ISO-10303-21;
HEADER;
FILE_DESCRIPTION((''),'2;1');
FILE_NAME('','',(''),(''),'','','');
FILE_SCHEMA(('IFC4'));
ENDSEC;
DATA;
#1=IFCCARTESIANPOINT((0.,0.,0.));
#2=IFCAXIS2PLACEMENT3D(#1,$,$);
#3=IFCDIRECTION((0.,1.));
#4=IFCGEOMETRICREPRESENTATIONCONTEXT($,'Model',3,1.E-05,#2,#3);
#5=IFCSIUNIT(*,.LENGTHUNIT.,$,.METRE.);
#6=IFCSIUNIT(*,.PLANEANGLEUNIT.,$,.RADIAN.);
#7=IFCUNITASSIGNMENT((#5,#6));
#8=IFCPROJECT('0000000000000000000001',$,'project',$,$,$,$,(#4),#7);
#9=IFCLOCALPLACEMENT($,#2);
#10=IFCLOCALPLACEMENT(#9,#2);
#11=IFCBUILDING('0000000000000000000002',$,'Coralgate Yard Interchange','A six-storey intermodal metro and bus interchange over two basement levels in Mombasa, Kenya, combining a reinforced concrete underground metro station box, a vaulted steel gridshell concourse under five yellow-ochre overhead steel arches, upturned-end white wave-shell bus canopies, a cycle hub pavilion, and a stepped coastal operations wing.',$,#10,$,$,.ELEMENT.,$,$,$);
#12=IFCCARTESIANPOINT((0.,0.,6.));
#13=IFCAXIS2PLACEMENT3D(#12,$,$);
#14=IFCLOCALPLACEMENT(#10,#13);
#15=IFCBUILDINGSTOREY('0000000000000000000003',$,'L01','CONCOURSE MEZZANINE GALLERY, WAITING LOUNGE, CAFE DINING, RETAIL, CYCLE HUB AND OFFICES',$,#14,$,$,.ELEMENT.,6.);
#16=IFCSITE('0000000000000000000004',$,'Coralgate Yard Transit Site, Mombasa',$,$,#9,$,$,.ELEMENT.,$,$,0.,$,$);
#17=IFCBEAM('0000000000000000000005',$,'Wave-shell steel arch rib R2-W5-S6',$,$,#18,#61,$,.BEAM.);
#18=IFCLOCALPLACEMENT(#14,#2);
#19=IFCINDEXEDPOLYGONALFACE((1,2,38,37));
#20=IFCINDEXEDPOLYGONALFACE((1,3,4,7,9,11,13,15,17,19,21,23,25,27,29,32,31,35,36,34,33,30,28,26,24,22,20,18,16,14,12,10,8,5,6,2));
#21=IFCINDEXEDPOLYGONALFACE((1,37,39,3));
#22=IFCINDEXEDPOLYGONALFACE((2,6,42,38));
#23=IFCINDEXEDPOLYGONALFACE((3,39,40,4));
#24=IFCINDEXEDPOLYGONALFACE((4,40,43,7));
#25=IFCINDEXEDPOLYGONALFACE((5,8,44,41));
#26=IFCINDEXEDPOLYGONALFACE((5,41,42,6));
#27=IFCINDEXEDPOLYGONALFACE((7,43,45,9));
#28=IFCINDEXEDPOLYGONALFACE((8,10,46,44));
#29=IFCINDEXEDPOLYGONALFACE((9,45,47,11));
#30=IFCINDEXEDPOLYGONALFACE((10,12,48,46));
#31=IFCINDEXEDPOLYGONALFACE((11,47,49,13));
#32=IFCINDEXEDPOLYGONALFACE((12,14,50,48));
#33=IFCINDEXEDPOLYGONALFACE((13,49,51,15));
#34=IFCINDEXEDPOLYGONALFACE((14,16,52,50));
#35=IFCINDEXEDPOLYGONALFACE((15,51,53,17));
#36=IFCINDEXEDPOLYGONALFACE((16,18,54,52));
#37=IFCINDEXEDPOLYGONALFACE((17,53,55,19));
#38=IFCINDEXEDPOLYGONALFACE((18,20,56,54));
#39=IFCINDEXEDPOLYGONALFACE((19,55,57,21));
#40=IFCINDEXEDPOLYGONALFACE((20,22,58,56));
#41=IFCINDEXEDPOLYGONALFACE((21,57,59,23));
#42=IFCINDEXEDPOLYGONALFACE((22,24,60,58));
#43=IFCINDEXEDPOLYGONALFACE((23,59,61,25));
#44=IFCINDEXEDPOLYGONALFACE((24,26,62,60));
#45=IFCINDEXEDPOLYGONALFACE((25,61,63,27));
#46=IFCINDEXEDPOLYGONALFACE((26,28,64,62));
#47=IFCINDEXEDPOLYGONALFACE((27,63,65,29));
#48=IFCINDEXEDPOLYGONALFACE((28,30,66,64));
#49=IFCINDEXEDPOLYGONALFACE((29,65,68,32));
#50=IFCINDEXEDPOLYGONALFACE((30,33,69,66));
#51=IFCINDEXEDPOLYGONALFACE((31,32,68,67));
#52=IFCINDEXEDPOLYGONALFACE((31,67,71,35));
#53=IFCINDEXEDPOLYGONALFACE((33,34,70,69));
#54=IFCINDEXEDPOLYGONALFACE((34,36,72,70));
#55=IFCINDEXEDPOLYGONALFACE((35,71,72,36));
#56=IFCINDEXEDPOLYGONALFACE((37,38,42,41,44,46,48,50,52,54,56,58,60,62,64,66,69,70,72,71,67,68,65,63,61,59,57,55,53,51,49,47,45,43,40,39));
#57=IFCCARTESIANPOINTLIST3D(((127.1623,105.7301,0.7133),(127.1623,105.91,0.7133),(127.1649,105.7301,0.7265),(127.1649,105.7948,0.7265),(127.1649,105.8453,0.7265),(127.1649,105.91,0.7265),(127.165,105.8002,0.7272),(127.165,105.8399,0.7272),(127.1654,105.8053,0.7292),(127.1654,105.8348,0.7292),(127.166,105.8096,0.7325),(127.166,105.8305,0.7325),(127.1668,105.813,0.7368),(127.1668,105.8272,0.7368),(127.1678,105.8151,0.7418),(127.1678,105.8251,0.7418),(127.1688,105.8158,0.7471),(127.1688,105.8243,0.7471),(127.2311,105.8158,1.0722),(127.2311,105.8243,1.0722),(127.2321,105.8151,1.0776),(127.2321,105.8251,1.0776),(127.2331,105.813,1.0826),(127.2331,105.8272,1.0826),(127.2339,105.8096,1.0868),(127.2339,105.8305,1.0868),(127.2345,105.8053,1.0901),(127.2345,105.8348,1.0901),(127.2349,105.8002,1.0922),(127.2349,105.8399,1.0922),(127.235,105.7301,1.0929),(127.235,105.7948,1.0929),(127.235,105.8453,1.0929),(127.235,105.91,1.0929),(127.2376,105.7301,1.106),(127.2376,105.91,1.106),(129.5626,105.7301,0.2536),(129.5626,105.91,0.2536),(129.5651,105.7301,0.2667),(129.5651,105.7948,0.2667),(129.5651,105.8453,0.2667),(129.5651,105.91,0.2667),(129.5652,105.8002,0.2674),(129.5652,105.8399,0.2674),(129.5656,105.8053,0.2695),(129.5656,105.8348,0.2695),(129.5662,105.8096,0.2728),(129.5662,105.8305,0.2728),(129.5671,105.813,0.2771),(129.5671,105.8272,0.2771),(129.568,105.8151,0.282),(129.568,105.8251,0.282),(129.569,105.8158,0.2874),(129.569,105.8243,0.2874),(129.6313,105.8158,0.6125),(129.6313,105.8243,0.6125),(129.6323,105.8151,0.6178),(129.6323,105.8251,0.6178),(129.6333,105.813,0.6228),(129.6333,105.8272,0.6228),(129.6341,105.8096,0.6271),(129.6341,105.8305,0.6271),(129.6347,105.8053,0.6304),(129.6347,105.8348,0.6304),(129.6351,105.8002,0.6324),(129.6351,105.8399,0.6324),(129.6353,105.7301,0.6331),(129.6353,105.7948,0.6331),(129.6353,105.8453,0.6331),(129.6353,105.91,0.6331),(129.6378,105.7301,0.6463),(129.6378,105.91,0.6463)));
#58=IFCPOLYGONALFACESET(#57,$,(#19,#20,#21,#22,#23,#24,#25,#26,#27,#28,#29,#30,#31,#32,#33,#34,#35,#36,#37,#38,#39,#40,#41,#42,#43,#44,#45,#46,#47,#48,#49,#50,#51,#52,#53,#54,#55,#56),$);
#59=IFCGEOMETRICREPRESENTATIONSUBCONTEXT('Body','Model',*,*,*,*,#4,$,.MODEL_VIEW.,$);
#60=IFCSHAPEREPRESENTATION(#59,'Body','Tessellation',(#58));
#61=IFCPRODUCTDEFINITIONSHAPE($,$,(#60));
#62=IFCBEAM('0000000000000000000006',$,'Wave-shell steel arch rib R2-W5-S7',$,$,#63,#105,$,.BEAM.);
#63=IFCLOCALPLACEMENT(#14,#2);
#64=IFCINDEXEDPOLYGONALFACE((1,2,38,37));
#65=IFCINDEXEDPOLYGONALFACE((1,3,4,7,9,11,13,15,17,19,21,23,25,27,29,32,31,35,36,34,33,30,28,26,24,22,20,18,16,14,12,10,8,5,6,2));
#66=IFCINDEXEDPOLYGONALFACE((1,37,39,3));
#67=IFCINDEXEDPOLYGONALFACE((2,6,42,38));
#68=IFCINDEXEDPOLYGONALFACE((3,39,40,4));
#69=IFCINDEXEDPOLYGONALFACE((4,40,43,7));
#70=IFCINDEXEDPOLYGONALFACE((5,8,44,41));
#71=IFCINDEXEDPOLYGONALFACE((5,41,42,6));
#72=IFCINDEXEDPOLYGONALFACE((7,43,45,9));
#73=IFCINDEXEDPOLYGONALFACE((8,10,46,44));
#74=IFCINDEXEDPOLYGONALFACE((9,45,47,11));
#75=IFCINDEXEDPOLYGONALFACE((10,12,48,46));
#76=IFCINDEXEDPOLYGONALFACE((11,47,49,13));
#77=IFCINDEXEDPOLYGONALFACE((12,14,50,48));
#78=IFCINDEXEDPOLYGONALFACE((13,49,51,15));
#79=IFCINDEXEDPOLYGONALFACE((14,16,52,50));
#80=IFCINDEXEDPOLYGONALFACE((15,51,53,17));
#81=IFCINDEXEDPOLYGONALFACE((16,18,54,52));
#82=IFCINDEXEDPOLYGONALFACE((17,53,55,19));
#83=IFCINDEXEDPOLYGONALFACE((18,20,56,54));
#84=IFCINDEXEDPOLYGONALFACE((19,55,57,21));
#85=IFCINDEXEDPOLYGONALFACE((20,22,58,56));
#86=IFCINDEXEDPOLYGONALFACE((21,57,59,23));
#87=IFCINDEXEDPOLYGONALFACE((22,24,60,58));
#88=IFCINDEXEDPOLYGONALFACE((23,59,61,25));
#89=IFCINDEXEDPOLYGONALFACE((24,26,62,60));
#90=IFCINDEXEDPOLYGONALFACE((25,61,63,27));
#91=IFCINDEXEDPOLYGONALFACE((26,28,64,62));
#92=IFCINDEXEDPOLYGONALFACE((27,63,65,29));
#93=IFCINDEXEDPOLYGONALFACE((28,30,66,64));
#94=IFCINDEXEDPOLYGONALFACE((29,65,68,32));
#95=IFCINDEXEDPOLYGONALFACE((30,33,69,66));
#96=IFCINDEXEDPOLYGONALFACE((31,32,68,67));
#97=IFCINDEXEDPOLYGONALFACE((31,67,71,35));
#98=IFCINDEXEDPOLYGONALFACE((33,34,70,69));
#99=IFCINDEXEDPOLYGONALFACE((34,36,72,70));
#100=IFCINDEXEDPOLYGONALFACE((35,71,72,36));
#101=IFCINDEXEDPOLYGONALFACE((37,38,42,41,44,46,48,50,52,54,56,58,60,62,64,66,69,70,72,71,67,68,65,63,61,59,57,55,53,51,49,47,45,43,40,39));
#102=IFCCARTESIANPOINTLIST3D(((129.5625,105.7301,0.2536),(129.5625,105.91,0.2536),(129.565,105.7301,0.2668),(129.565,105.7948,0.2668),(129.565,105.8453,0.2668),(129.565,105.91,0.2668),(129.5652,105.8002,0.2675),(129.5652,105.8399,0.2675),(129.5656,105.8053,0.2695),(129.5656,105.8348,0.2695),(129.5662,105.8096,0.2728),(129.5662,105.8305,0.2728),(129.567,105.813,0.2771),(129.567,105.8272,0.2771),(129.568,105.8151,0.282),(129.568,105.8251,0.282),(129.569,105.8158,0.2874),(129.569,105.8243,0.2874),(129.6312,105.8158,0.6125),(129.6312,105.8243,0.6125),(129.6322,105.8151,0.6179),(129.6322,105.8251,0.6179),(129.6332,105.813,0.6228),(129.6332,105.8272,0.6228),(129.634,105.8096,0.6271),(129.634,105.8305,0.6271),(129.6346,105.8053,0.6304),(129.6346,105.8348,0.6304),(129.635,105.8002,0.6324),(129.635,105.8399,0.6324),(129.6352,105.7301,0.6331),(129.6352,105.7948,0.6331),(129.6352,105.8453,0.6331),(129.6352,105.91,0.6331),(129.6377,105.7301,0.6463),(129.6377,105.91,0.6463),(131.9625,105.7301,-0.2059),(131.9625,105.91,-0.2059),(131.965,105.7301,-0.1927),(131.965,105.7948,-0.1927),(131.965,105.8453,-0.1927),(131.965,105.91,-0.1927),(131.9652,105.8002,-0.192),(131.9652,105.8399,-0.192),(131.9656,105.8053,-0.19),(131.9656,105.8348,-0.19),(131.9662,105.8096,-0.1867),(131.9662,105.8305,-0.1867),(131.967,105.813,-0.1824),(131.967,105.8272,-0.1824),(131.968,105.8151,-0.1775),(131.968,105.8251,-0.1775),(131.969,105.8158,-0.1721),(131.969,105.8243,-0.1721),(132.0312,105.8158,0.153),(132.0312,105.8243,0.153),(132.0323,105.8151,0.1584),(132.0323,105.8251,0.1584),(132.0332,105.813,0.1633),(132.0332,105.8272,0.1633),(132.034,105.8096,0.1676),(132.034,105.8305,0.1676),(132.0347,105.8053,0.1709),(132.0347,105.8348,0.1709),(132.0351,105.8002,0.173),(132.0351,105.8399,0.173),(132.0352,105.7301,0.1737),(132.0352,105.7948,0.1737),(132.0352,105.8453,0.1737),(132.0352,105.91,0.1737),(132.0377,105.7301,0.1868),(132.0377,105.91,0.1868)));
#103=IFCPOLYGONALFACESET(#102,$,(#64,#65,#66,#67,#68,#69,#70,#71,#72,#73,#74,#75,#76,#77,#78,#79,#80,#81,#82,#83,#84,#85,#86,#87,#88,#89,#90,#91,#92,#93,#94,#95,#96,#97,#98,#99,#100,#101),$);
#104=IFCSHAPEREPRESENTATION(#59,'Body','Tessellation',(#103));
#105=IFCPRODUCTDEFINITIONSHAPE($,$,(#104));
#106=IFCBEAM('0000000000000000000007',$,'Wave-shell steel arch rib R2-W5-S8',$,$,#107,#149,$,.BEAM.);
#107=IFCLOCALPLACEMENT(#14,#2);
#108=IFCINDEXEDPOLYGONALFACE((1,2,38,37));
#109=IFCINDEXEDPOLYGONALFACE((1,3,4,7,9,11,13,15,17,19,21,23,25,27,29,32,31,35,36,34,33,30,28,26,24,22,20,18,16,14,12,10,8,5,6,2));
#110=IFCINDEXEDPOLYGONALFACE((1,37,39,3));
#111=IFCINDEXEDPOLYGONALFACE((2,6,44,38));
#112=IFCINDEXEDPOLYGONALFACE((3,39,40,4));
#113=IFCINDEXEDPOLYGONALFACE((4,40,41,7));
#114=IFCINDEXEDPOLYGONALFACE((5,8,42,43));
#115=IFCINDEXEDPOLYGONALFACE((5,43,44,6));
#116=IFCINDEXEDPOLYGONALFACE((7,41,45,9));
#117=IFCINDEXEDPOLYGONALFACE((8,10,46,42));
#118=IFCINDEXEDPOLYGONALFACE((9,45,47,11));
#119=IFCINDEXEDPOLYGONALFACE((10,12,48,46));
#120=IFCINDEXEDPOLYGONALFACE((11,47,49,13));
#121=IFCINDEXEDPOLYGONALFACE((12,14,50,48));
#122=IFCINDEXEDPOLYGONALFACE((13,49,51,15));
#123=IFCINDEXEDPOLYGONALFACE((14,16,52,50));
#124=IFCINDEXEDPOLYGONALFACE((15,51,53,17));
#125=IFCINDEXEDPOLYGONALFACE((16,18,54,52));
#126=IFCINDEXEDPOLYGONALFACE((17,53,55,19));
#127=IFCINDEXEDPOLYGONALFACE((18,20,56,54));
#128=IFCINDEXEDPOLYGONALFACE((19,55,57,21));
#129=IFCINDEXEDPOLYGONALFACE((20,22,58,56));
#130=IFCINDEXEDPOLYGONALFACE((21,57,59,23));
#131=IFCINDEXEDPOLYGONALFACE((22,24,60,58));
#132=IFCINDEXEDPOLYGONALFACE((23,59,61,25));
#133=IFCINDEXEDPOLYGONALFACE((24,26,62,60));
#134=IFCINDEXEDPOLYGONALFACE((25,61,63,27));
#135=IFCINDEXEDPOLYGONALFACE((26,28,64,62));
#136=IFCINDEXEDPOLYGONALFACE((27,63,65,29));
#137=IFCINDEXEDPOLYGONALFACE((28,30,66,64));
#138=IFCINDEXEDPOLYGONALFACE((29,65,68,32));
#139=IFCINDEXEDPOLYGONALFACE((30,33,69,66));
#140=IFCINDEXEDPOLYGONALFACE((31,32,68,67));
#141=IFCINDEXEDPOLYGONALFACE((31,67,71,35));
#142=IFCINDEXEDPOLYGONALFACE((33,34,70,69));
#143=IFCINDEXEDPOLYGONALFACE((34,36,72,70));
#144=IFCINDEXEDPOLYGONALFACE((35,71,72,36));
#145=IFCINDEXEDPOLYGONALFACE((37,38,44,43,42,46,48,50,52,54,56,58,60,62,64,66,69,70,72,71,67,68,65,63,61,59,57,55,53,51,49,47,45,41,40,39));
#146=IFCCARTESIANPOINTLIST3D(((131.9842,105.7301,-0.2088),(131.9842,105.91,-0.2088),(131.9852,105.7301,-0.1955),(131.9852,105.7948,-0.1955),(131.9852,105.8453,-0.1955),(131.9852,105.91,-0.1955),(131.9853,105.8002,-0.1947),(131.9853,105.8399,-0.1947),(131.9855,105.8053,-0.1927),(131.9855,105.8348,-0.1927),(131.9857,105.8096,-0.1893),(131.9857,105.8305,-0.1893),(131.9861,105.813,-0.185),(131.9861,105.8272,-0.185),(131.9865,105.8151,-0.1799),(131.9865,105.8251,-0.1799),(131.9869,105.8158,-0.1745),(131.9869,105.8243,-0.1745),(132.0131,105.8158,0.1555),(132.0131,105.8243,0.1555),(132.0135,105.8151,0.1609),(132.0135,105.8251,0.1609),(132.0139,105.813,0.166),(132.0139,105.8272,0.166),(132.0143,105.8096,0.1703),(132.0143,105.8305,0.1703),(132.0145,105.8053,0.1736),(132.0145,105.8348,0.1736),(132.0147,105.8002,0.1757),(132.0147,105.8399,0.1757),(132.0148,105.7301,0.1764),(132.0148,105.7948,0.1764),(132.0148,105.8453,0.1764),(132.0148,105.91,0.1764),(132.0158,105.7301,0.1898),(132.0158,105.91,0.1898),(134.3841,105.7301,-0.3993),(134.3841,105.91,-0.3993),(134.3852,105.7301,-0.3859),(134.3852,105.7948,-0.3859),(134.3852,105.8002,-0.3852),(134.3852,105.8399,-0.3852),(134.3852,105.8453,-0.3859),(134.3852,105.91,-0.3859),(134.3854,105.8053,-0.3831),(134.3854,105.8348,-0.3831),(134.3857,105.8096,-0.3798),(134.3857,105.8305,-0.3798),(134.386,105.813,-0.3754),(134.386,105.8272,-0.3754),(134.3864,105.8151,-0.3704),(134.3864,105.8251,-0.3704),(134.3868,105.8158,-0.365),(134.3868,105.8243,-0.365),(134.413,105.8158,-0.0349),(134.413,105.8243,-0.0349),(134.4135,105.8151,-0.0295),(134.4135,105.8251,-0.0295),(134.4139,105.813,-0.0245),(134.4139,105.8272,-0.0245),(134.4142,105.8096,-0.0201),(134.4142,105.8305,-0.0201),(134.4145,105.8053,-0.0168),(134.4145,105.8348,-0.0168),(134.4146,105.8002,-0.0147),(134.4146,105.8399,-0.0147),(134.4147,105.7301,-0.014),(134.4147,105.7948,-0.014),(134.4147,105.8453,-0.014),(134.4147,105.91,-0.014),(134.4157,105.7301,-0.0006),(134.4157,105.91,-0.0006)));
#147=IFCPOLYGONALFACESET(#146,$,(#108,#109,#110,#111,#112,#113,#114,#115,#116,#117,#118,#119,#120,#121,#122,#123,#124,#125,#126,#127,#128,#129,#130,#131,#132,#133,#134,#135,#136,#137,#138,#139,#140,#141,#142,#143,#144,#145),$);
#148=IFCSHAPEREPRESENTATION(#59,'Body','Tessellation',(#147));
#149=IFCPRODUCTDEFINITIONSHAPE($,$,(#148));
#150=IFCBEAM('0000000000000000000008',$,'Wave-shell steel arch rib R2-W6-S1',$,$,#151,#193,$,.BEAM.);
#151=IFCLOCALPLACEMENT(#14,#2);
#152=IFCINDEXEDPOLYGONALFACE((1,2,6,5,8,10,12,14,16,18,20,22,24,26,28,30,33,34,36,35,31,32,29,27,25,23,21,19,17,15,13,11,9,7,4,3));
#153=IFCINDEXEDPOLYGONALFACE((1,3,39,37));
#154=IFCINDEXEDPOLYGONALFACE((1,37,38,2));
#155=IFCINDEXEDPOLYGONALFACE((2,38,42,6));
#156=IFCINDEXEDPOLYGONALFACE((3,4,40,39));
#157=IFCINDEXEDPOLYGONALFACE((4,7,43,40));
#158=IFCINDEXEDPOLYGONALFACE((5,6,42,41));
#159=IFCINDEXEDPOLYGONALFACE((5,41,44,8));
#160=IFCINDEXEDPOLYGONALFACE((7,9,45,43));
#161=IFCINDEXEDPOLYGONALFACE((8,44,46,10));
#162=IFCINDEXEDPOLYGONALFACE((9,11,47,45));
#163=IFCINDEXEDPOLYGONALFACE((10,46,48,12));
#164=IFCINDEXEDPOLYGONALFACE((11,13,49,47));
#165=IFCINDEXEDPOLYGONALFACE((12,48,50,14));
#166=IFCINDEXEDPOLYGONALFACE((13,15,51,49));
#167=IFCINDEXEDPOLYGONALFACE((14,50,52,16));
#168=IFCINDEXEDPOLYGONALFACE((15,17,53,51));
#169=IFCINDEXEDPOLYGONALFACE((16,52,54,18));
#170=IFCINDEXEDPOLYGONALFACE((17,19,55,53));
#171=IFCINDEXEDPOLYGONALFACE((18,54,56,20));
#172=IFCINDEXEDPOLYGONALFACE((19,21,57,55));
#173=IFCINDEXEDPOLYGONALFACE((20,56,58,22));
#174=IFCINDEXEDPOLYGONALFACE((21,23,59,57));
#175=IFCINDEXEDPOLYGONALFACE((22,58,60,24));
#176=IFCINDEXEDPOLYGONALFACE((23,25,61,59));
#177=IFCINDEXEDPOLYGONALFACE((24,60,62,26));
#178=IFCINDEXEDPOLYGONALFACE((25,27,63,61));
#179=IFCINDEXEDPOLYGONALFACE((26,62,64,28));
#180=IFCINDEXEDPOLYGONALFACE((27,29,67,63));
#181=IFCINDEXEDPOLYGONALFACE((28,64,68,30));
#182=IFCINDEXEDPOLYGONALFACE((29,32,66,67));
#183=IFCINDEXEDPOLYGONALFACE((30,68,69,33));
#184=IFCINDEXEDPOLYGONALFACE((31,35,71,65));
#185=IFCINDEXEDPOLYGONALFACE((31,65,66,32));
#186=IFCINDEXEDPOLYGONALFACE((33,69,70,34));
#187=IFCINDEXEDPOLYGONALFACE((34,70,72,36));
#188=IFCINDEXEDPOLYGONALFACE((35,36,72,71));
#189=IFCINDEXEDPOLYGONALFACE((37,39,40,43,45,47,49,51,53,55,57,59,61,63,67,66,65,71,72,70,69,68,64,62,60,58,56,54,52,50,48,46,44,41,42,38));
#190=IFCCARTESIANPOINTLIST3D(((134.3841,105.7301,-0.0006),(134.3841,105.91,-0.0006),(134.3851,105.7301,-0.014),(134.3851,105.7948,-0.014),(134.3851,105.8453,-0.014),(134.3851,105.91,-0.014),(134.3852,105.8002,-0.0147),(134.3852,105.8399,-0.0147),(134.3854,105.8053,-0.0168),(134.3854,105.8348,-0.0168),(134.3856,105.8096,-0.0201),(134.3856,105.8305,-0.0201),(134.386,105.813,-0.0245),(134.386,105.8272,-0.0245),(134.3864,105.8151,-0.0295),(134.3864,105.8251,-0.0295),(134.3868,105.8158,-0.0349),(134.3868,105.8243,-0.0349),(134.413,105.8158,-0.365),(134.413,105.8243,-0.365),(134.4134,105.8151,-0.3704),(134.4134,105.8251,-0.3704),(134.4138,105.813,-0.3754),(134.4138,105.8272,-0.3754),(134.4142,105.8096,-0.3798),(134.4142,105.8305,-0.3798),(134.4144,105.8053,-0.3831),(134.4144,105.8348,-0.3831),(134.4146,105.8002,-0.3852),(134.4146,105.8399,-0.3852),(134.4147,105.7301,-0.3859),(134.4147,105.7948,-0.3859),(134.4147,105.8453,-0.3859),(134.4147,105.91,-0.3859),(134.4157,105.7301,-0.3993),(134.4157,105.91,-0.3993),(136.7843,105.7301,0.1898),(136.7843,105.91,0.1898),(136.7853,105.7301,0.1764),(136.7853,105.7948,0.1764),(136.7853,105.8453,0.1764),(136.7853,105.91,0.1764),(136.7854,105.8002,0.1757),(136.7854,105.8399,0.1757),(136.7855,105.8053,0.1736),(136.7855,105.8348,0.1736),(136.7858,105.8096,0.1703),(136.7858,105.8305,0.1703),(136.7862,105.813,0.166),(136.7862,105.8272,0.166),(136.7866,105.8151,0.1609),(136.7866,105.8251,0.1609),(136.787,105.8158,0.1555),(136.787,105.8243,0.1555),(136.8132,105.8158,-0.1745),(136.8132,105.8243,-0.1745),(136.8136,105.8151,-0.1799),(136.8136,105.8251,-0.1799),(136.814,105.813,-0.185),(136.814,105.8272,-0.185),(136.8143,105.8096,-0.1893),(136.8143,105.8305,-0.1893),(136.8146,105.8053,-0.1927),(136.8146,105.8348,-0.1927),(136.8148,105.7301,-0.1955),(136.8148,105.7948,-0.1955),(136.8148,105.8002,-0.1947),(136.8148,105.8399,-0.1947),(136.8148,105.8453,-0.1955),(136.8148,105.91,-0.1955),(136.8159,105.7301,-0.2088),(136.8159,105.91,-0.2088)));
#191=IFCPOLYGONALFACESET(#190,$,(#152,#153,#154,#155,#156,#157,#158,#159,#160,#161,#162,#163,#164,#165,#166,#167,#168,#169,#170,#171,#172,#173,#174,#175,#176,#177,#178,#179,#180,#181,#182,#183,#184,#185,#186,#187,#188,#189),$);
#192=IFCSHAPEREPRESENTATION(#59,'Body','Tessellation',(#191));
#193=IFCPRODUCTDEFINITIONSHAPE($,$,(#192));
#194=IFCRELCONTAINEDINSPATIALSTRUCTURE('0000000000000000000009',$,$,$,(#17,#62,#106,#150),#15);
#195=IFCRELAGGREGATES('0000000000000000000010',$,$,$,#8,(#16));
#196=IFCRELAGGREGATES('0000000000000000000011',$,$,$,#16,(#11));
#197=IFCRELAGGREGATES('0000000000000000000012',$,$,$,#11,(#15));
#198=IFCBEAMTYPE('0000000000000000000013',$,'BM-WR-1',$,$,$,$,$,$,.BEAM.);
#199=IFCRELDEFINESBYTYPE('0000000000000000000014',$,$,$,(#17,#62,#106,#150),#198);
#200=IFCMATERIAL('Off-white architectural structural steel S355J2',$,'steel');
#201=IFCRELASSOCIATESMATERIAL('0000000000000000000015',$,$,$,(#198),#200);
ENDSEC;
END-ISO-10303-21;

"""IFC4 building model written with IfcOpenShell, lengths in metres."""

from ifc_helpers import new_model, si_unit, direction, frame, origin, origin_2d, place, context, subcontext, project, spatial, i_section, extrude, material, material_profile, profile_set, type_object, element, save


model = new_model("IFC4")

# Units and contexts
model_context = context("Model", 3, precision=1e-05, world=origin(), true_north=direction((0.0, 1.0)))
body_context = subcontext(model_context, "Body", "Model", "MODEL_VIEW")
ifc_project = project(units=[si_unit("LENGTHUNIT", "METRE"), si_unit("PLANEANGLEUNIT", "RADIAN")], contexts=[model_context])

# Site, building, storey
site_placement = place(None, origin())
site = spatial("IfcSite", under=ifc_project, at=site_placement, Name="Coralgate Yard Transit Site, Mombasa", CompositionType="ELEMENT", RefElevation=0.0)
building_placement = place(site_placement, origin())
building = spatial("IfcBuilding", under=site, at=building_placement, Name="Coralgate Yard Interchange", Description="A six-storey intermodal metro and bus interchange over two basement levels in Mombasa, Kenya, combining a reinforced concrete underground metro station box, a vaulted steel gridshell concourse under five yellow-ochre overhead steel arches, upturned-end white wave-shell bus canopies, a cycle hub pavilion, and a stepped coastal operations wing.", CompositionType="ELEMENT")
storey_placement = place(building_placement, frame((0.0, 0.0, 6.0)))
storey = spatial("IfcBuildingStorey", under=building, at=storey_placement, Name="L01", Description="CONCOURSE MEZZANINE GALLERY, WAITING LOUNGE, CAFE DINING, RETAIL, CYCLE HUB AND OFFICES", CompositionType="ELEMENT", Elevation=6.0)

# Beams
ifc_material_1 = material(Name="Off-white architectural structural steel S355J2", Category="steel")
ifc_material_profile_1 = material_profile(ifc_material_1, i_section(OverallWidth=0.1799, OverallDepth=0.3999, WebThickness=0.0085, FlangeThickness=0.0134, FilletRadius=0.021, at=origin_2d()), Name="IPE 400")
ifc_profile_set_1 = profile_set([ifc_material_profile_1], Name="Off-white architectural structural steel S355J2")
beam_type_1 = type_object("IfcBeamType", Name="BM-WR-1", PredefinedType="BEAM", material=ifc_profile_set_1)
beam_1_placement = place(storey_placement, frame((127.2, 105.8201, 0.9097), z_axis=(0.982147, 0.0, -0.188117), x_axis=(0.0, 1.0, 0.0)))
element("IfcBeam", 1, at=beam_1_placement, inside=storey, type_object=beam_type_1, Name="Wave-shell steel arch rib R2-W5-S6", PredefinedType="BEAM", context=body_context, shape_type="SweptSolid", body=[
    extrude(i_section(OverallWidth=0.1799, OverallDepth=0.3999, WebThickness=0.0085, FlangeThickness=0.0134, FilletRadius=0.021, at=origin_2d()), origin(), (0.0, 0.0, 1.0), 2.4438),
])
beam_2_placement = place(storey_placement, frame((129.6001, 105.8201, 0.45), z_axis=(0.982161, 0.0, -0.188039), x_axis=(0.0, 1.0, 0.0)))
element("IfcBeam", 2, at=beam_2_placement, inside=storey, type_object=beam_type_1, Name="Wave-shell steel arch rib R2-W5-S7", PredefinedType="BEAM", context=body_context, shape_type="SweptSolid", body=[
    extrude(i_section(OverallWidth=0.1799, OverallDepth=0.3999, WebThickness=0.0085, FlangeThickness=0.0134, FilletRadius=0.021, at=origin_2d()), origin(), (0.0, 0.0, 1.0), 2.4436),
])
beam_3_placement = place(storey_placement, frame((132.0, 105.8201, -0.0095), z_axis=(0.996867, 0.0, -0.0791), x_axis=(0.0, 1.0, 0.0)))
element("IfcBeam", 3, at=beam_3_placement, inside=storey, type_object=beam_type_1, Name="Wave-shell steel arch rib R2-W5-S8", PredefinedType="BEAM", context=body_context, shape_type="SweptSolid", body=[
    extrude(i_section(OverallWidth=0.1799, OverallDepth=0.3999, WebThickness=0.0085, FlangeThickness=0.0134, FilletRadius=0.021, at=origin_2d()), origin(), (0.0, 0.0, 1.0), 2.4075),
])
beam_4_placement = place(storey_placement, frame((134.3999, 105.8201, -0.2), z_axis=(0.996867, 0.0, 0.079092), x_axis=(0.0, 1.0, 0.0)))
element("IfcBeam", 4, at=beam_4_placement, inside=storey, type_object=beam_type_1, Name="Wave-shell steel arch rib R2-W6-S1", PredefinedType="BEAM", context=body_context, shape_type="SweptSolid", body=[
    extrude(i_section(OverallWidth=0.1799, OverallDepth=0.3999, WebThickness=0.0085, FlangeThickness=0.0134, FilletRadius=0.021, at=origin_2d()), origin(), (0.0, 0.0, 1.0), 2.4077),
])

save(model, "model.ifc")
